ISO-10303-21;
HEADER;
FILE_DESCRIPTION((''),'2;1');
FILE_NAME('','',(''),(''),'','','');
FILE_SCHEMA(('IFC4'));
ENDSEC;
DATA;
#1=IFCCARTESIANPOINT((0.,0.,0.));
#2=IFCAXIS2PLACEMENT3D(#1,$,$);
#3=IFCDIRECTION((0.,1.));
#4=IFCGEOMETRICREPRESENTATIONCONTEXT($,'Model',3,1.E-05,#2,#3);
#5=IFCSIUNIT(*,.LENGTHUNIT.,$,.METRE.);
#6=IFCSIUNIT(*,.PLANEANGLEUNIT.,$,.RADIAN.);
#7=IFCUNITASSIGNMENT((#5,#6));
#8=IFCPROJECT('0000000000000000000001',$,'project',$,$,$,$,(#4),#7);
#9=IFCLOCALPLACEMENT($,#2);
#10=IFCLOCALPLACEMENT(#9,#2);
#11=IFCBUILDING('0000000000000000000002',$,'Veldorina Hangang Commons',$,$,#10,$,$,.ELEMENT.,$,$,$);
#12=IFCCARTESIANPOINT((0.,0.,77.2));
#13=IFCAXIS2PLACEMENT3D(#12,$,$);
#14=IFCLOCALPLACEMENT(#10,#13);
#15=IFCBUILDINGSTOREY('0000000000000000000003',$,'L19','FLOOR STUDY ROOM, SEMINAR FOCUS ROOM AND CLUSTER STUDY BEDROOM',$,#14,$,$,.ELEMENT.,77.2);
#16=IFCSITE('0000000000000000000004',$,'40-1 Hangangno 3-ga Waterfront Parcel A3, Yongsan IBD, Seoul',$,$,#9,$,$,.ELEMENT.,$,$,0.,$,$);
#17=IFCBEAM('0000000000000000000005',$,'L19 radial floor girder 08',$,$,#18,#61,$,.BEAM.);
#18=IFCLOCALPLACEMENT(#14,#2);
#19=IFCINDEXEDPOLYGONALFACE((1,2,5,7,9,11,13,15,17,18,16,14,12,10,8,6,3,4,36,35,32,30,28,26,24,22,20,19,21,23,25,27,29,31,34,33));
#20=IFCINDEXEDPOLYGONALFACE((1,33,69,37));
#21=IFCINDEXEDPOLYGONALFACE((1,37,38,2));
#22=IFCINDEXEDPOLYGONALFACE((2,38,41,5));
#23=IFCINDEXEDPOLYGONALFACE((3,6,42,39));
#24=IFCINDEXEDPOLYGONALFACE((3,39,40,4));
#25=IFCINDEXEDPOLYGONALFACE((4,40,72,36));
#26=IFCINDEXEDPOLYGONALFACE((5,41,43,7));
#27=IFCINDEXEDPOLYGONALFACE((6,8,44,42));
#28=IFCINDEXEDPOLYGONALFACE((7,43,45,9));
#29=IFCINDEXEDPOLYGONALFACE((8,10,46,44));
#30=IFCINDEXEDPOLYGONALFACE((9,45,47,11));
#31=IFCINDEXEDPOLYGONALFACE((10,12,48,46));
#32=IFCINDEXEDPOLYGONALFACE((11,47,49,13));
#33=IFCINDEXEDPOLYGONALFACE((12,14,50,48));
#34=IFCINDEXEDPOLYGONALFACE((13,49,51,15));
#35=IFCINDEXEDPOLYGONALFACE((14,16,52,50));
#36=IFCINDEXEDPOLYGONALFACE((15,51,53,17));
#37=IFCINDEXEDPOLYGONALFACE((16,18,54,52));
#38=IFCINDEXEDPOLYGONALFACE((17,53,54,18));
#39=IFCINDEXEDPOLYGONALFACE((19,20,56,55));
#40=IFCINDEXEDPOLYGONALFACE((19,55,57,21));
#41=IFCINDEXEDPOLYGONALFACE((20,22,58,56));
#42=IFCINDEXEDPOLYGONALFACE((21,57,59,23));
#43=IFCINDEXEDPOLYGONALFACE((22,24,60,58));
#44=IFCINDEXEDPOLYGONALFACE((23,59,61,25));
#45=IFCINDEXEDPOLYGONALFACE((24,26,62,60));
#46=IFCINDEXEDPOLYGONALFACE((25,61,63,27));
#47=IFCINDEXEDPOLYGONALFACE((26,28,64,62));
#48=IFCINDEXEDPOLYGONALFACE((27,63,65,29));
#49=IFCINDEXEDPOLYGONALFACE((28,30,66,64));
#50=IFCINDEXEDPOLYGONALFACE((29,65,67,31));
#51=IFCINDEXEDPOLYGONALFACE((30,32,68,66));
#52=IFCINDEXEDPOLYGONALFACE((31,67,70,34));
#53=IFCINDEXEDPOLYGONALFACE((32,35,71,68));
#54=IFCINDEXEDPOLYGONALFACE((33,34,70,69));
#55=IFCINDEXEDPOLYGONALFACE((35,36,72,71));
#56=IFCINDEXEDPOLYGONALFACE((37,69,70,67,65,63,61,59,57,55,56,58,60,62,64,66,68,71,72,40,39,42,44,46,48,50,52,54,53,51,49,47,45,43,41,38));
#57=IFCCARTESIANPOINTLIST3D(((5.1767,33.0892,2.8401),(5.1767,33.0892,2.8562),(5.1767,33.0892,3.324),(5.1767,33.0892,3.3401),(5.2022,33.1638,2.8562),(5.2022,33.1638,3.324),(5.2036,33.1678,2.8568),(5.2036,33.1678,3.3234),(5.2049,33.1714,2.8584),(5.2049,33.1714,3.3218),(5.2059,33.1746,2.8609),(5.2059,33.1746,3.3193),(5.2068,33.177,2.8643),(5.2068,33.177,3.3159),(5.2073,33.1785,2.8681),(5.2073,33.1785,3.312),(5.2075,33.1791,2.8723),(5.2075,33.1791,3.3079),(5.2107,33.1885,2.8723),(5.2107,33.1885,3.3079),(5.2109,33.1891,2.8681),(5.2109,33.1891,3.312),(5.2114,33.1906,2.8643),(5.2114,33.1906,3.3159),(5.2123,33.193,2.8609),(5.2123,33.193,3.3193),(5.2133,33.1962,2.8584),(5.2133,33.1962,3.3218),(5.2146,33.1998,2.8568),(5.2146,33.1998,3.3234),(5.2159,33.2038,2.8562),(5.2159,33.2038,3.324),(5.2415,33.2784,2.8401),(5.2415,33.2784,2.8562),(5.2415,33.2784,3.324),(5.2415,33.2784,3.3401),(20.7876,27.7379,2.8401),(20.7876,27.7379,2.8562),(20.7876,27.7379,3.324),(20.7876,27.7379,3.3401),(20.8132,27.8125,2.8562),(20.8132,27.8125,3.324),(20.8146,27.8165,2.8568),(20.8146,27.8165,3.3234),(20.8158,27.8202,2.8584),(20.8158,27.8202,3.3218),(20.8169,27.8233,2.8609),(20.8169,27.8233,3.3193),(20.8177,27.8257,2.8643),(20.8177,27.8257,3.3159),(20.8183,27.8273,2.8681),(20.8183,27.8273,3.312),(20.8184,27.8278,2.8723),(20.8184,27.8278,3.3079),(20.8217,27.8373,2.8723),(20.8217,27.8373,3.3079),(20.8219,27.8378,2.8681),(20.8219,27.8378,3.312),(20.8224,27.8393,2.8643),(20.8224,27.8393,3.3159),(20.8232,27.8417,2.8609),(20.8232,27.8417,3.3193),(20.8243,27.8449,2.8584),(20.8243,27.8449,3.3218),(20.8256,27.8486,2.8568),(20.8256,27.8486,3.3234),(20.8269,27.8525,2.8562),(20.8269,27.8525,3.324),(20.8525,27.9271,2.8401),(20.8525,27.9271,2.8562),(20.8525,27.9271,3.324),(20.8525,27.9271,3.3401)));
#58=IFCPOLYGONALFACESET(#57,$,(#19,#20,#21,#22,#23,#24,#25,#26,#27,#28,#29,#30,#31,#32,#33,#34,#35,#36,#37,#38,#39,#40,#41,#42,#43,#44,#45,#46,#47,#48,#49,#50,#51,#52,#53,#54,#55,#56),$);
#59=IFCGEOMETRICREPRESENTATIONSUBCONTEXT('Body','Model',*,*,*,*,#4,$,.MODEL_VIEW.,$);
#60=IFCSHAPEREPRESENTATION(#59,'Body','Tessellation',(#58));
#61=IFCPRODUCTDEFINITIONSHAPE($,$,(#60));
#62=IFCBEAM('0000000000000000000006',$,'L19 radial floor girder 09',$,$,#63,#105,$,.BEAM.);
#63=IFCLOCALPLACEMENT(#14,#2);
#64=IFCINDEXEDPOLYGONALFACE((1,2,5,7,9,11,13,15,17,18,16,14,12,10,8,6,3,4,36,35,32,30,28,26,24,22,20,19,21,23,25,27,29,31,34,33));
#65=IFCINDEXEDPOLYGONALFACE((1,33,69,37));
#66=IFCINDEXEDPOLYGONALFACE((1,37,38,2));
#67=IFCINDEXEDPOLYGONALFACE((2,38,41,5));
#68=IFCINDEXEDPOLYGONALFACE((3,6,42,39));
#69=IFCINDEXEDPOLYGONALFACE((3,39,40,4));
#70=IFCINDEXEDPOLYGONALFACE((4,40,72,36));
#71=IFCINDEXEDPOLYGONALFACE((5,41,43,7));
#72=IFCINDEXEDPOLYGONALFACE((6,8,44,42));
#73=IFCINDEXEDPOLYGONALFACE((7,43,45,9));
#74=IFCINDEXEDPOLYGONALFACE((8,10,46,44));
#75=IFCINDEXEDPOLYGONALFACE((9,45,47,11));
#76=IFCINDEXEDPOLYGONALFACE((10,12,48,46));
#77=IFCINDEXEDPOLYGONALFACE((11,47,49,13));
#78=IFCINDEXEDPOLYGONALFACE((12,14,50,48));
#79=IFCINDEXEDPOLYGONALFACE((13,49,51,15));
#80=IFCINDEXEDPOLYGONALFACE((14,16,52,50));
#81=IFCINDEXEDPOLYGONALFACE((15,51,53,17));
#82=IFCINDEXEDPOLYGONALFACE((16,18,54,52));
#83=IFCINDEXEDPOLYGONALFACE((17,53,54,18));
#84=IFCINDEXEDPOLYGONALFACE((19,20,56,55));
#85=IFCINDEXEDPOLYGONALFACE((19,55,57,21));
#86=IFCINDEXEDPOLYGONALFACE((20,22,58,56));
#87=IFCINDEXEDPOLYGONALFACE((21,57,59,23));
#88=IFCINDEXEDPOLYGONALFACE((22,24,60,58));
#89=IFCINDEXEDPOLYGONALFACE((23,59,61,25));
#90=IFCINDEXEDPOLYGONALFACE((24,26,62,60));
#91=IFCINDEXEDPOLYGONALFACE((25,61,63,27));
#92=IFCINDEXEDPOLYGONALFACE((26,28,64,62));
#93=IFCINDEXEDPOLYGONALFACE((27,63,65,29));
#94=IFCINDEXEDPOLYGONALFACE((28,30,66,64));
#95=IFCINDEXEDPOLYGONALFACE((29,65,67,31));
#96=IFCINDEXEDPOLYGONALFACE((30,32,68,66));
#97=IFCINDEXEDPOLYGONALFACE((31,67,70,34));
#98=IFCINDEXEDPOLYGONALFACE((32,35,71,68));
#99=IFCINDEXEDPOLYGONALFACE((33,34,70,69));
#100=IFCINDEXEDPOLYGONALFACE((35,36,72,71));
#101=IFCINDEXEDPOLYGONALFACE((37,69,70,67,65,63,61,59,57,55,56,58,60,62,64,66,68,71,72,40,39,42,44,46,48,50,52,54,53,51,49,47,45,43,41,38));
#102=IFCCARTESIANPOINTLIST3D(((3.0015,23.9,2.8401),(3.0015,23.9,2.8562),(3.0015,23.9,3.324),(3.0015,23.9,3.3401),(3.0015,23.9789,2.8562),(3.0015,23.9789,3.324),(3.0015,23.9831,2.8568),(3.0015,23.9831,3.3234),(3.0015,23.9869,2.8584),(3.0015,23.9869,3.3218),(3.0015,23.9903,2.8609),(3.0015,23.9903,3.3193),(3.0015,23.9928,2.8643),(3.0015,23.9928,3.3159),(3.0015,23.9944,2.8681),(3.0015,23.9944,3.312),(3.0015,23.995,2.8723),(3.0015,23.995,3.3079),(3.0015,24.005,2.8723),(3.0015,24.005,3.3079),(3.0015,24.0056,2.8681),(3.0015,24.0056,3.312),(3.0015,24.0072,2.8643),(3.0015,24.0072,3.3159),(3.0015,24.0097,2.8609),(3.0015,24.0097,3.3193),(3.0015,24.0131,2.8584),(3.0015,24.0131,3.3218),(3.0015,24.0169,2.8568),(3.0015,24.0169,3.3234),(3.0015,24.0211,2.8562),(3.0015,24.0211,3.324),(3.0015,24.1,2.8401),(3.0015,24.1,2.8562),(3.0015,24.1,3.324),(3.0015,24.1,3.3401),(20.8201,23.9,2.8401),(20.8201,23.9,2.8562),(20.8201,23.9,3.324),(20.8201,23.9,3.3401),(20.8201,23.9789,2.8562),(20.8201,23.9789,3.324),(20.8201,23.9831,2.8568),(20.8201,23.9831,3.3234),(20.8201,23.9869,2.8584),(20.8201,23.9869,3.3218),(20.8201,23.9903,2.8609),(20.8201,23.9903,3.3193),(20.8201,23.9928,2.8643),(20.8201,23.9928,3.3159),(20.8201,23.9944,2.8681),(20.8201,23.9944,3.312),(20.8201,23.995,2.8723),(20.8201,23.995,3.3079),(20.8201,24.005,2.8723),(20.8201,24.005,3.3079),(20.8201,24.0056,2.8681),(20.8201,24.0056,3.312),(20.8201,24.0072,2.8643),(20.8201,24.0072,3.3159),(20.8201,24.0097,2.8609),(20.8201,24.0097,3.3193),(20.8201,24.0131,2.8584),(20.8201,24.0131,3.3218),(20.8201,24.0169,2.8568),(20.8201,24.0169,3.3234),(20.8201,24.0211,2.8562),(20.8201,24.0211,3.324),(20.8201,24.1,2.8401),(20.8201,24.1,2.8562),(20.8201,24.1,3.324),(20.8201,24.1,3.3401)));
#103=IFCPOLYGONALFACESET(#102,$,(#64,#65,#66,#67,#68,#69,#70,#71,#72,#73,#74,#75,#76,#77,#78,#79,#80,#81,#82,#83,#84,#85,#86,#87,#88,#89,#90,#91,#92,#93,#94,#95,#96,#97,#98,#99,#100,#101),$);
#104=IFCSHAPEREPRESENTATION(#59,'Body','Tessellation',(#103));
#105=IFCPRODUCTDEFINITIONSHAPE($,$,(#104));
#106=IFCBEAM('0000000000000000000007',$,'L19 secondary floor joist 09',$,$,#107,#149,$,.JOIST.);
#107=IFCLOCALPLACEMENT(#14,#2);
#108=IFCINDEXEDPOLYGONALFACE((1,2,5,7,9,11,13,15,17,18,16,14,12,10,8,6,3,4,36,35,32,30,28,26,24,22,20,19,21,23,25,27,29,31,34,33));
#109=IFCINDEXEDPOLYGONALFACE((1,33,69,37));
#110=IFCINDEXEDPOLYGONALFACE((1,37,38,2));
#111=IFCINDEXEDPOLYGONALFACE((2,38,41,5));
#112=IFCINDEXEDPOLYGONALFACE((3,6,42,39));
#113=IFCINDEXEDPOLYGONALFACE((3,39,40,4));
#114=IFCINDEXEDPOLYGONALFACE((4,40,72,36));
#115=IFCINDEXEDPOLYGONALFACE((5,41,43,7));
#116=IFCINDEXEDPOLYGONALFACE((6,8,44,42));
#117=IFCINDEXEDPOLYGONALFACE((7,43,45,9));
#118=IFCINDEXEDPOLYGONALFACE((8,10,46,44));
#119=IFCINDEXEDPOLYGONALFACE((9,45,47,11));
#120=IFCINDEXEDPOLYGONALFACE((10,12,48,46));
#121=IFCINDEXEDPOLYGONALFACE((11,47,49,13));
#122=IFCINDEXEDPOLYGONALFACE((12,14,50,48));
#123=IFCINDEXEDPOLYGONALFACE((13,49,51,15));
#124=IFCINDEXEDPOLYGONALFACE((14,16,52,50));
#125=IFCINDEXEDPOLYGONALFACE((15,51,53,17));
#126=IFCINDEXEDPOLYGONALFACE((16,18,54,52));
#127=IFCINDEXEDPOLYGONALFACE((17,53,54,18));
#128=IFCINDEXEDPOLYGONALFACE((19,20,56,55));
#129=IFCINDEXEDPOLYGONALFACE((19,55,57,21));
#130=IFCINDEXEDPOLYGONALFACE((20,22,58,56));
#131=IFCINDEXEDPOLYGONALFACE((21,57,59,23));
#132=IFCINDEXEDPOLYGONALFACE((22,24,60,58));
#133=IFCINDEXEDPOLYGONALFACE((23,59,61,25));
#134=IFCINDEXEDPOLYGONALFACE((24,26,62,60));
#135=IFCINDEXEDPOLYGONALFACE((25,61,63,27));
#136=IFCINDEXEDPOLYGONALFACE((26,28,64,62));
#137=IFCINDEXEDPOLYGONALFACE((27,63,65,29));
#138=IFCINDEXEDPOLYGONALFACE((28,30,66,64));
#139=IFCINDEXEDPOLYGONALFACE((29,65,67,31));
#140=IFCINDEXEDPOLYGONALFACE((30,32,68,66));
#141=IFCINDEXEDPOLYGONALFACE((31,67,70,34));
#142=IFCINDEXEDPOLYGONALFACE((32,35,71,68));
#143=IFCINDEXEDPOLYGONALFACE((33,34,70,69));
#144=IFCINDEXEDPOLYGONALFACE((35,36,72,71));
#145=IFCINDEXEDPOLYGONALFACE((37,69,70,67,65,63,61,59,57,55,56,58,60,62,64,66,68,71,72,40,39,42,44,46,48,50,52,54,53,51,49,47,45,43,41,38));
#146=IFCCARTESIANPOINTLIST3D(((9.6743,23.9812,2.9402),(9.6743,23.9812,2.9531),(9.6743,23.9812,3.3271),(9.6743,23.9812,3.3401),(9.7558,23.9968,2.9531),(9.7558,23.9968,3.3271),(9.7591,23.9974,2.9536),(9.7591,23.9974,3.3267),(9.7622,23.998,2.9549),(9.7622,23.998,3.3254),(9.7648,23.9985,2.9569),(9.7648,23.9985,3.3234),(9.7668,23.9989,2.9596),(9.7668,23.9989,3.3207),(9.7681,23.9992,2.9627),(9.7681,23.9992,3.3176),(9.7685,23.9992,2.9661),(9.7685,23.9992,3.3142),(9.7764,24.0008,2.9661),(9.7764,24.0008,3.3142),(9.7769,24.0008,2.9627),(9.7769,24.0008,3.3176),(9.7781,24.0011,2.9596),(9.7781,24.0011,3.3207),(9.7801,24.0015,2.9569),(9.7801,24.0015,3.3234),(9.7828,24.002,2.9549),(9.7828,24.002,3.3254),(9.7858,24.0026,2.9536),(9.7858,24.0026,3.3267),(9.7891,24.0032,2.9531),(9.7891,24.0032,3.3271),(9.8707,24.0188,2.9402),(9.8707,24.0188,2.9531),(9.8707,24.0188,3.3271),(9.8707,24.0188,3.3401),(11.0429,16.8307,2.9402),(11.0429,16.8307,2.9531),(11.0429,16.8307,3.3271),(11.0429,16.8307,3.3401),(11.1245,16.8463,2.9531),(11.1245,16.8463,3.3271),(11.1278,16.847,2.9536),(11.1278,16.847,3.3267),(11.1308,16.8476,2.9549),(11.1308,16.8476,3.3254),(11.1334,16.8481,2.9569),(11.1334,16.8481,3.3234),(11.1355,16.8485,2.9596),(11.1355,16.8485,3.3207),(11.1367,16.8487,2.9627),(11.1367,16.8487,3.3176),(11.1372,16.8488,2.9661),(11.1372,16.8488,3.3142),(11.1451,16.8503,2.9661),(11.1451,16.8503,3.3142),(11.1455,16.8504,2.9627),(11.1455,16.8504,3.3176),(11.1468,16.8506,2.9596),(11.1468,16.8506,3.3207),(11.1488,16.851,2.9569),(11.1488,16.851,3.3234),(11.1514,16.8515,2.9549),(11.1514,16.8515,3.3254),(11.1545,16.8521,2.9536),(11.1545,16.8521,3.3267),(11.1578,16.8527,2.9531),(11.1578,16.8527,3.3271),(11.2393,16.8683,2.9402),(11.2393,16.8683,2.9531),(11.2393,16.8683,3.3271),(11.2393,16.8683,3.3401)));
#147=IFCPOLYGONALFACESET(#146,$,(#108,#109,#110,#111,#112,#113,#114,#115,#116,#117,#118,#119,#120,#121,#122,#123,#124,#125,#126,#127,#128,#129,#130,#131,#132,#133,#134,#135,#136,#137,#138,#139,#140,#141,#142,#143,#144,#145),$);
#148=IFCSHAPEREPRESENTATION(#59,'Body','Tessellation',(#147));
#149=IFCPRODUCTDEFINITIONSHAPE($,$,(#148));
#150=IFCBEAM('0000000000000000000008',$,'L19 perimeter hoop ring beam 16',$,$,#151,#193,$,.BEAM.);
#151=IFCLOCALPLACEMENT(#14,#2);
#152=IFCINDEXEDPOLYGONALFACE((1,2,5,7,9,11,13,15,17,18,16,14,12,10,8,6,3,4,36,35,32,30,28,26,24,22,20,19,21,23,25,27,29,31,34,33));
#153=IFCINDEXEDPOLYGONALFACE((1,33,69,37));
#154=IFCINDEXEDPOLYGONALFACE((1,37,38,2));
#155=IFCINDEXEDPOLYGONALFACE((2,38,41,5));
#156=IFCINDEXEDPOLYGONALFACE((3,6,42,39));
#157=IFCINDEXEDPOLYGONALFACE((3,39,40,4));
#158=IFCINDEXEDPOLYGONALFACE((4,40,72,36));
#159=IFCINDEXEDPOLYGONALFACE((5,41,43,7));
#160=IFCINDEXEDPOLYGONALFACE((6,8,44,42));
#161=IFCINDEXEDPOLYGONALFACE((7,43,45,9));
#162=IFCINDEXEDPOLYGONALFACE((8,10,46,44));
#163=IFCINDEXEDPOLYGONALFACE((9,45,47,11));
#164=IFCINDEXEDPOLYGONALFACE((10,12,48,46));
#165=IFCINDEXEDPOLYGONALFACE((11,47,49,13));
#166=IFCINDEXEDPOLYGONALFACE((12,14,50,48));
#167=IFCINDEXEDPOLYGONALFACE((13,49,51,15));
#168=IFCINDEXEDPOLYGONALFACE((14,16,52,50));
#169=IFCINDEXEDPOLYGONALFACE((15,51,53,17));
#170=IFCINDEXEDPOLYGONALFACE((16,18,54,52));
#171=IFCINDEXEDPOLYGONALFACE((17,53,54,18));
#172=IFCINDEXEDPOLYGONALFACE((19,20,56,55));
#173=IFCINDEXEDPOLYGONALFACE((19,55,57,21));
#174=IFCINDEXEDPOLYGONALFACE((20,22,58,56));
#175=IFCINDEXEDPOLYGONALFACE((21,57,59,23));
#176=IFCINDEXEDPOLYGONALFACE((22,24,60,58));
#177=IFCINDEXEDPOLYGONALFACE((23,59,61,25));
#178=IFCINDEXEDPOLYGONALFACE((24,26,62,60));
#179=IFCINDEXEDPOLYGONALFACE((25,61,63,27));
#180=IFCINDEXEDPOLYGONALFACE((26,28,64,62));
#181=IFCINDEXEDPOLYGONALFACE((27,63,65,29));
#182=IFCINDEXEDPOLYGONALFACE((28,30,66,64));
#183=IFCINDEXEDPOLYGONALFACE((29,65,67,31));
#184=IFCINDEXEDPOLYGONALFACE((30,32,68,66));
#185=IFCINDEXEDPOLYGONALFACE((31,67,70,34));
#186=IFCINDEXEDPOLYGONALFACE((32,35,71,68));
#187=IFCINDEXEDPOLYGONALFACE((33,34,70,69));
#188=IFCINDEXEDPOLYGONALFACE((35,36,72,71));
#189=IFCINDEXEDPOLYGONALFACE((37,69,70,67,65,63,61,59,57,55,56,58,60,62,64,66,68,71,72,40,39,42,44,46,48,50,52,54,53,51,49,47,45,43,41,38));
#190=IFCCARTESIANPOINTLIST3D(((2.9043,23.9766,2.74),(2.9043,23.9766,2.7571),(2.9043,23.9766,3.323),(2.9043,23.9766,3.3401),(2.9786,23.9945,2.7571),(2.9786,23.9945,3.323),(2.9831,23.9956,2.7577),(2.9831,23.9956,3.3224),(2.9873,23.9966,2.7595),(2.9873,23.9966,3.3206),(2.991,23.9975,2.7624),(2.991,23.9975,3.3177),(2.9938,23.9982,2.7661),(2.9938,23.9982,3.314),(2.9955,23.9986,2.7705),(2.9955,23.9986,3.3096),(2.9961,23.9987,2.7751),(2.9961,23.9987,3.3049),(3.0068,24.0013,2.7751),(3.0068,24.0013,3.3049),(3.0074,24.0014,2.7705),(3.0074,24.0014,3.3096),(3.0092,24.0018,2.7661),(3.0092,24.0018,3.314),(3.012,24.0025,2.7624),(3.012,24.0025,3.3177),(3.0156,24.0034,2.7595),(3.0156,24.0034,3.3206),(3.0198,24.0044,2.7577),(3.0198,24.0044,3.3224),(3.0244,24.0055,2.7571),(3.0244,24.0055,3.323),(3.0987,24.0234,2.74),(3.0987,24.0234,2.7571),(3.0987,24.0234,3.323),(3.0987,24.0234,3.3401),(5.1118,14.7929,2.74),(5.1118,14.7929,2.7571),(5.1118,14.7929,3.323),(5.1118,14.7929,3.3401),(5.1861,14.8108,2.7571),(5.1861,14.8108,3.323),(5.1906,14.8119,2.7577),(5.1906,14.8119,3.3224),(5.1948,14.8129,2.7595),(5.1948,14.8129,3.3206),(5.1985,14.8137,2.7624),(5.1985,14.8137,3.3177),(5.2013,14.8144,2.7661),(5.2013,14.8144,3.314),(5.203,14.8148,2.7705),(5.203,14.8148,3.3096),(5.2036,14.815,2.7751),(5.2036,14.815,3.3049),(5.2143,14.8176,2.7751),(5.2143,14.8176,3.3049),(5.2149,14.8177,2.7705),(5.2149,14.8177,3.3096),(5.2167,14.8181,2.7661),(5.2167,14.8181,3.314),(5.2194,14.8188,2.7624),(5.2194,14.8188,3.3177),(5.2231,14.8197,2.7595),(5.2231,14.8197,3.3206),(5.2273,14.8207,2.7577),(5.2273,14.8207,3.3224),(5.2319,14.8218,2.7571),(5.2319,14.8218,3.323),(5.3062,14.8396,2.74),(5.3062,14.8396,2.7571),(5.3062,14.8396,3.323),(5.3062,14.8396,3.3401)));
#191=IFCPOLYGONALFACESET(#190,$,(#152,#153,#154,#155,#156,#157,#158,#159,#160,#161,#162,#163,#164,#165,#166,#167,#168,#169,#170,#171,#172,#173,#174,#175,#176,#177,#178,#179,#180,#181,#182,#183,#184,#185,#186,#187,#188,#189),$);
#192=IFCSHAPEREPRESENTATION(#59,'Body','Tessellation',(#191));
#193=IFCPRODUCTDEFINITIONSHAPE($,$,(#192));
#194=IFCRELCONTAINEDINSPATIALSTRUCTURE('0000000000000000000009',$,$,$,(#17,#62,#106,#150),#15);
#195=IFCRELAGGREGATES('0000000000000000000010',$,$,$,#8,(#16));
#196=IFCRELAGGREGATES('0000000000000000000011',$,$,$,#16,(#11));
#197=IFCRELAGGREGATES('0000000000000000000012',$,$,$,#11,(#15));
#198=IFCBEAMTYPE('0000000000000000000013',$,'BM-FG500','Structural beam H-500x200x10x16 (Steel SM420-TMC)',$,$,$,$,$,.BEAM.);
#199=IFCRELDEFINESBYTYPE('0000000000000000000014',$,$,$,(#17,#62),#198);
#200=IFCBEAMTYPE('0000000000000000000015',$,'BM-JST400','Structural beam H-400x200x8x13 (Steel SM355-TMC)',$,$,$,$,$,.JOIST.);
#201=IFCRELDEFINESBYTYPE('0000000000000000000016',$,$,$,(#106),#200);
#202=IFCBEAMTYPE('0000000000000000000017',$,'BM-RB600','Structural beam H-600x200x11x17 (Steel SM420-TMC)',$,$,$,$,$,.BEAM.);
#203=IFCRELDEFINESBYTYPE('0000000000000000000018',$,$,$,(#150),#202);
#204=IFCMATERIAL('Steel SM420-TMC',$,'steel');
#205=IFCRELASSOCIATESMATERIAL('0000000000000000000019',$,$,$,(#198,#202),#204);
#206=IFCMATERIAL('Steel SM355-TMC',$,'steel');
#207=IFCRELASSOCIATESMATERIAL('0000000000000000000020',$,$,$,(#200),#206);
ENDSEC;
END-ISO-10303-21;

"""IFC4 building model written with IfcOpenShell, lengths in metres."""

from ifc_helpers import new_model, si_unit, direction, frame, origin, origin_2d, place, context, subcontext, project, spatial, i_section, extrude, material, material_profile, profile_set, type_object, element, save


model = new_model("IFC4")

# Units and contexts
model_context = context("Model", 3, precision=1e-05, world=origin(), true_north=direction((0.0, 1.0)))
body_context = subcontext(model_context, "Body", "Model", "MODEL_VIEW")
ifc_project = project(units=[si_unit("LENGTHUNIT", "METRE"), si_unit("PLANEANGLEUNIT", "RADIAN")], contexts=[model_context])

# Site, building, storey
site_placement = place(None, origin())
site = spatial("IfcSite", under=ifc_project, at=site_placement, Name="40-1 Hangangno 3-ga Waterfront Parcel A3, Yongsan IBD, Seoul", CompositionType="ELEMENT", RefElevation=0.0)
building_placement = place(site_placement, origin())
building = spatial("IfcBuilding", under=site, at=building_placement, Name="Veldorina Hangang Commons", CompositionType="ELEMENT")
storey_placement = place(building_placement, frame((0.0, 0.0, 77.2)))
storey = spatial("IfcBuildingStorey", under=building, at=storey_placement, Name="L19", Description="FLOOR STUDY ROOM, SEMINAR FOCUS ROOM AND CLUSTER STUDY BEDROOM", CompositionType="ELEMENT", Elevation=77.2)

# Beams
ifc_material_1 = material(Name="Steel SM420-TMC", Category="steel")
ifc_material_profile_1 = material_profile(ifc_material_1, i_section(OverallWidth=0.2, OverallDepth=0.5, WebThickness=0.01, FlangeThickness=0.0161, FilletRadius=0.0161, at=origin_2d()), Name="H-500x200x10x16")
ifc_profile_set_1 = profile_set([ifc_material_profile_1], Name="Steel SM420-TMC")
beam_type_1 = type_object("IfcBeamType", Name="BM-FG500", Description="Structural beam H-500x200x10x16 (Steel SM420-TMC)", PredefinedType="BEAM", material=ifc_profile_set_1)
beam_1_placement = place(storey_placement, frame((20.8201, 27.8325, 3.0901), z_axis=(-0.945966, 0.324267, 0.0), x_axis=(-0.324267, -0.945966, 0.0)))
element("IfcBeam", 1, at=beam_1_placement, inside=storey, type_object=beam_type_1, Name="L19 radial floor girder 08", PredefinedType="BEAM", context=body_context, shape_type="SweptSolid", body=[
    extrude(i_section(OverallWidth=0.2, OverallDepth=0.5, WebThickness=0.01, FlangeThickness=0.0161, FilletRadius=0.0161, at=origin_2d()), origin(), (0.0, 0.0, 1.0), 16.5027),
])
beam_2_placement = place(storey_placement, frame((20.8201, 24.0, 3.0901), z_axis=(-1.0, 0.0, 0.0), x_axis=(0.0, -1.0, 0.0)))
element("IfcBeam", 2, at=beam_2_placement, inside=storey, type_object=beam_type_1, Name="L19 radial floor girder 09", PredefinedType="BEAM", context=body_context, shape_type="SweptSolid", body=[
    extrude(i_section(OverallWidth=0.2, OverallDepth=0.5, WebThickness=0.01, FlangeThickness=0.0161, FilletRadius=0.0161, at=origin_2d()), origin(), (0.0, 0.0, 1.0), 17.8186),
])
ifc_material_2 = material(Name="Steel SM355-TMC", Category="steel")
ifc_material_profile_2 = material_profile(ifc_material_2, i_section(OverallWidth=0.2, OverallDepth=0.3999, WebThickness=0.0081, FlangeThickness=0.0129, FilletRadius=0.0129, at=origin_2d()), Name="H-400x200x8x13")
ifc_profile_set_2 = profile_set([ifc_material_profile_2], Name="Steel SM355-TMC")
beam_type_2 = type_object("IfcBeamType", Name="BM-JST400", Description="Structural beam H-400x200x8x13 (Steel SM355-TMC)", PredefinedType="JOIST", material=ifc_profile_set_2)
beam_3_placement = place(storey_placement, frame((9.7725, 24.0, 3.1401), z_axis=(0.187997, -0.98217, 0.0), x_axis=(0.98217, 0.187997, 0.0)))
element("IfcBeam", 3, at=beam_3_placement, inside=storey, type_object=beam_type_2, Name="L19 secondary floor joist 09", PredefinedType="JOIST", context=body_context, shape_type="SweptSolid", body=[
    extrude(i_section(OverallWidth=0.2, OverallDepth=0.3999, WebThickness=0.0081, FlangeThickness=0.0129, FilletRadius=0.0129, at=origin_2d()), origin(), (0.0, 0.0, 1.0), 7.2803),
])
ifc_material_profile_3 = material_profile(ifc_material_1, i_section(OverallWidth=0.2, OverallDepth=0.6001, WebThickness=0.011, FlangeThickness=0.0171, FilletRadius=0.0181, at=origin_2d()), Name="H-600x200x11x17")
ifc_profile_set_3 = profile_set([ifc_material_profile_3], Name="Steel SM420-TMC")
beam_type_3 = type_object("IfcBeamType", Name="BM-RB600", Description="Structural beam H-600x200x11x17 (Steel SM420-TMC)", PredefinedType="BEAM", material=ifc_profile_set_3)
beam_4_placement = place(storey_placement, frame((3.0015, 24.0, 3.04), z_axis=(0.233713, -0.972306, 0.0), x_axis=(0.972306, 0.233713, 0.0)))
element("IfcBeam", 4, at=beam_4_placement, inside=storey, type_object=beam_type_3, Name="L19 perimeter hoop ring beam 16", PredefinedType="BEAM", context=body_context, shape_type="SweptSolid", body=[
    extrude(i_section(OverallWidth=0.2, OverallDepth=0.6001, WebThickness=0.011, FlangeThickness=0.0171, FilletRadius=0.0181, at=origin_2d()), origin(), (0.0, 0.0, 1.0), 9.4453),
])

save(model, "model.ifc")
